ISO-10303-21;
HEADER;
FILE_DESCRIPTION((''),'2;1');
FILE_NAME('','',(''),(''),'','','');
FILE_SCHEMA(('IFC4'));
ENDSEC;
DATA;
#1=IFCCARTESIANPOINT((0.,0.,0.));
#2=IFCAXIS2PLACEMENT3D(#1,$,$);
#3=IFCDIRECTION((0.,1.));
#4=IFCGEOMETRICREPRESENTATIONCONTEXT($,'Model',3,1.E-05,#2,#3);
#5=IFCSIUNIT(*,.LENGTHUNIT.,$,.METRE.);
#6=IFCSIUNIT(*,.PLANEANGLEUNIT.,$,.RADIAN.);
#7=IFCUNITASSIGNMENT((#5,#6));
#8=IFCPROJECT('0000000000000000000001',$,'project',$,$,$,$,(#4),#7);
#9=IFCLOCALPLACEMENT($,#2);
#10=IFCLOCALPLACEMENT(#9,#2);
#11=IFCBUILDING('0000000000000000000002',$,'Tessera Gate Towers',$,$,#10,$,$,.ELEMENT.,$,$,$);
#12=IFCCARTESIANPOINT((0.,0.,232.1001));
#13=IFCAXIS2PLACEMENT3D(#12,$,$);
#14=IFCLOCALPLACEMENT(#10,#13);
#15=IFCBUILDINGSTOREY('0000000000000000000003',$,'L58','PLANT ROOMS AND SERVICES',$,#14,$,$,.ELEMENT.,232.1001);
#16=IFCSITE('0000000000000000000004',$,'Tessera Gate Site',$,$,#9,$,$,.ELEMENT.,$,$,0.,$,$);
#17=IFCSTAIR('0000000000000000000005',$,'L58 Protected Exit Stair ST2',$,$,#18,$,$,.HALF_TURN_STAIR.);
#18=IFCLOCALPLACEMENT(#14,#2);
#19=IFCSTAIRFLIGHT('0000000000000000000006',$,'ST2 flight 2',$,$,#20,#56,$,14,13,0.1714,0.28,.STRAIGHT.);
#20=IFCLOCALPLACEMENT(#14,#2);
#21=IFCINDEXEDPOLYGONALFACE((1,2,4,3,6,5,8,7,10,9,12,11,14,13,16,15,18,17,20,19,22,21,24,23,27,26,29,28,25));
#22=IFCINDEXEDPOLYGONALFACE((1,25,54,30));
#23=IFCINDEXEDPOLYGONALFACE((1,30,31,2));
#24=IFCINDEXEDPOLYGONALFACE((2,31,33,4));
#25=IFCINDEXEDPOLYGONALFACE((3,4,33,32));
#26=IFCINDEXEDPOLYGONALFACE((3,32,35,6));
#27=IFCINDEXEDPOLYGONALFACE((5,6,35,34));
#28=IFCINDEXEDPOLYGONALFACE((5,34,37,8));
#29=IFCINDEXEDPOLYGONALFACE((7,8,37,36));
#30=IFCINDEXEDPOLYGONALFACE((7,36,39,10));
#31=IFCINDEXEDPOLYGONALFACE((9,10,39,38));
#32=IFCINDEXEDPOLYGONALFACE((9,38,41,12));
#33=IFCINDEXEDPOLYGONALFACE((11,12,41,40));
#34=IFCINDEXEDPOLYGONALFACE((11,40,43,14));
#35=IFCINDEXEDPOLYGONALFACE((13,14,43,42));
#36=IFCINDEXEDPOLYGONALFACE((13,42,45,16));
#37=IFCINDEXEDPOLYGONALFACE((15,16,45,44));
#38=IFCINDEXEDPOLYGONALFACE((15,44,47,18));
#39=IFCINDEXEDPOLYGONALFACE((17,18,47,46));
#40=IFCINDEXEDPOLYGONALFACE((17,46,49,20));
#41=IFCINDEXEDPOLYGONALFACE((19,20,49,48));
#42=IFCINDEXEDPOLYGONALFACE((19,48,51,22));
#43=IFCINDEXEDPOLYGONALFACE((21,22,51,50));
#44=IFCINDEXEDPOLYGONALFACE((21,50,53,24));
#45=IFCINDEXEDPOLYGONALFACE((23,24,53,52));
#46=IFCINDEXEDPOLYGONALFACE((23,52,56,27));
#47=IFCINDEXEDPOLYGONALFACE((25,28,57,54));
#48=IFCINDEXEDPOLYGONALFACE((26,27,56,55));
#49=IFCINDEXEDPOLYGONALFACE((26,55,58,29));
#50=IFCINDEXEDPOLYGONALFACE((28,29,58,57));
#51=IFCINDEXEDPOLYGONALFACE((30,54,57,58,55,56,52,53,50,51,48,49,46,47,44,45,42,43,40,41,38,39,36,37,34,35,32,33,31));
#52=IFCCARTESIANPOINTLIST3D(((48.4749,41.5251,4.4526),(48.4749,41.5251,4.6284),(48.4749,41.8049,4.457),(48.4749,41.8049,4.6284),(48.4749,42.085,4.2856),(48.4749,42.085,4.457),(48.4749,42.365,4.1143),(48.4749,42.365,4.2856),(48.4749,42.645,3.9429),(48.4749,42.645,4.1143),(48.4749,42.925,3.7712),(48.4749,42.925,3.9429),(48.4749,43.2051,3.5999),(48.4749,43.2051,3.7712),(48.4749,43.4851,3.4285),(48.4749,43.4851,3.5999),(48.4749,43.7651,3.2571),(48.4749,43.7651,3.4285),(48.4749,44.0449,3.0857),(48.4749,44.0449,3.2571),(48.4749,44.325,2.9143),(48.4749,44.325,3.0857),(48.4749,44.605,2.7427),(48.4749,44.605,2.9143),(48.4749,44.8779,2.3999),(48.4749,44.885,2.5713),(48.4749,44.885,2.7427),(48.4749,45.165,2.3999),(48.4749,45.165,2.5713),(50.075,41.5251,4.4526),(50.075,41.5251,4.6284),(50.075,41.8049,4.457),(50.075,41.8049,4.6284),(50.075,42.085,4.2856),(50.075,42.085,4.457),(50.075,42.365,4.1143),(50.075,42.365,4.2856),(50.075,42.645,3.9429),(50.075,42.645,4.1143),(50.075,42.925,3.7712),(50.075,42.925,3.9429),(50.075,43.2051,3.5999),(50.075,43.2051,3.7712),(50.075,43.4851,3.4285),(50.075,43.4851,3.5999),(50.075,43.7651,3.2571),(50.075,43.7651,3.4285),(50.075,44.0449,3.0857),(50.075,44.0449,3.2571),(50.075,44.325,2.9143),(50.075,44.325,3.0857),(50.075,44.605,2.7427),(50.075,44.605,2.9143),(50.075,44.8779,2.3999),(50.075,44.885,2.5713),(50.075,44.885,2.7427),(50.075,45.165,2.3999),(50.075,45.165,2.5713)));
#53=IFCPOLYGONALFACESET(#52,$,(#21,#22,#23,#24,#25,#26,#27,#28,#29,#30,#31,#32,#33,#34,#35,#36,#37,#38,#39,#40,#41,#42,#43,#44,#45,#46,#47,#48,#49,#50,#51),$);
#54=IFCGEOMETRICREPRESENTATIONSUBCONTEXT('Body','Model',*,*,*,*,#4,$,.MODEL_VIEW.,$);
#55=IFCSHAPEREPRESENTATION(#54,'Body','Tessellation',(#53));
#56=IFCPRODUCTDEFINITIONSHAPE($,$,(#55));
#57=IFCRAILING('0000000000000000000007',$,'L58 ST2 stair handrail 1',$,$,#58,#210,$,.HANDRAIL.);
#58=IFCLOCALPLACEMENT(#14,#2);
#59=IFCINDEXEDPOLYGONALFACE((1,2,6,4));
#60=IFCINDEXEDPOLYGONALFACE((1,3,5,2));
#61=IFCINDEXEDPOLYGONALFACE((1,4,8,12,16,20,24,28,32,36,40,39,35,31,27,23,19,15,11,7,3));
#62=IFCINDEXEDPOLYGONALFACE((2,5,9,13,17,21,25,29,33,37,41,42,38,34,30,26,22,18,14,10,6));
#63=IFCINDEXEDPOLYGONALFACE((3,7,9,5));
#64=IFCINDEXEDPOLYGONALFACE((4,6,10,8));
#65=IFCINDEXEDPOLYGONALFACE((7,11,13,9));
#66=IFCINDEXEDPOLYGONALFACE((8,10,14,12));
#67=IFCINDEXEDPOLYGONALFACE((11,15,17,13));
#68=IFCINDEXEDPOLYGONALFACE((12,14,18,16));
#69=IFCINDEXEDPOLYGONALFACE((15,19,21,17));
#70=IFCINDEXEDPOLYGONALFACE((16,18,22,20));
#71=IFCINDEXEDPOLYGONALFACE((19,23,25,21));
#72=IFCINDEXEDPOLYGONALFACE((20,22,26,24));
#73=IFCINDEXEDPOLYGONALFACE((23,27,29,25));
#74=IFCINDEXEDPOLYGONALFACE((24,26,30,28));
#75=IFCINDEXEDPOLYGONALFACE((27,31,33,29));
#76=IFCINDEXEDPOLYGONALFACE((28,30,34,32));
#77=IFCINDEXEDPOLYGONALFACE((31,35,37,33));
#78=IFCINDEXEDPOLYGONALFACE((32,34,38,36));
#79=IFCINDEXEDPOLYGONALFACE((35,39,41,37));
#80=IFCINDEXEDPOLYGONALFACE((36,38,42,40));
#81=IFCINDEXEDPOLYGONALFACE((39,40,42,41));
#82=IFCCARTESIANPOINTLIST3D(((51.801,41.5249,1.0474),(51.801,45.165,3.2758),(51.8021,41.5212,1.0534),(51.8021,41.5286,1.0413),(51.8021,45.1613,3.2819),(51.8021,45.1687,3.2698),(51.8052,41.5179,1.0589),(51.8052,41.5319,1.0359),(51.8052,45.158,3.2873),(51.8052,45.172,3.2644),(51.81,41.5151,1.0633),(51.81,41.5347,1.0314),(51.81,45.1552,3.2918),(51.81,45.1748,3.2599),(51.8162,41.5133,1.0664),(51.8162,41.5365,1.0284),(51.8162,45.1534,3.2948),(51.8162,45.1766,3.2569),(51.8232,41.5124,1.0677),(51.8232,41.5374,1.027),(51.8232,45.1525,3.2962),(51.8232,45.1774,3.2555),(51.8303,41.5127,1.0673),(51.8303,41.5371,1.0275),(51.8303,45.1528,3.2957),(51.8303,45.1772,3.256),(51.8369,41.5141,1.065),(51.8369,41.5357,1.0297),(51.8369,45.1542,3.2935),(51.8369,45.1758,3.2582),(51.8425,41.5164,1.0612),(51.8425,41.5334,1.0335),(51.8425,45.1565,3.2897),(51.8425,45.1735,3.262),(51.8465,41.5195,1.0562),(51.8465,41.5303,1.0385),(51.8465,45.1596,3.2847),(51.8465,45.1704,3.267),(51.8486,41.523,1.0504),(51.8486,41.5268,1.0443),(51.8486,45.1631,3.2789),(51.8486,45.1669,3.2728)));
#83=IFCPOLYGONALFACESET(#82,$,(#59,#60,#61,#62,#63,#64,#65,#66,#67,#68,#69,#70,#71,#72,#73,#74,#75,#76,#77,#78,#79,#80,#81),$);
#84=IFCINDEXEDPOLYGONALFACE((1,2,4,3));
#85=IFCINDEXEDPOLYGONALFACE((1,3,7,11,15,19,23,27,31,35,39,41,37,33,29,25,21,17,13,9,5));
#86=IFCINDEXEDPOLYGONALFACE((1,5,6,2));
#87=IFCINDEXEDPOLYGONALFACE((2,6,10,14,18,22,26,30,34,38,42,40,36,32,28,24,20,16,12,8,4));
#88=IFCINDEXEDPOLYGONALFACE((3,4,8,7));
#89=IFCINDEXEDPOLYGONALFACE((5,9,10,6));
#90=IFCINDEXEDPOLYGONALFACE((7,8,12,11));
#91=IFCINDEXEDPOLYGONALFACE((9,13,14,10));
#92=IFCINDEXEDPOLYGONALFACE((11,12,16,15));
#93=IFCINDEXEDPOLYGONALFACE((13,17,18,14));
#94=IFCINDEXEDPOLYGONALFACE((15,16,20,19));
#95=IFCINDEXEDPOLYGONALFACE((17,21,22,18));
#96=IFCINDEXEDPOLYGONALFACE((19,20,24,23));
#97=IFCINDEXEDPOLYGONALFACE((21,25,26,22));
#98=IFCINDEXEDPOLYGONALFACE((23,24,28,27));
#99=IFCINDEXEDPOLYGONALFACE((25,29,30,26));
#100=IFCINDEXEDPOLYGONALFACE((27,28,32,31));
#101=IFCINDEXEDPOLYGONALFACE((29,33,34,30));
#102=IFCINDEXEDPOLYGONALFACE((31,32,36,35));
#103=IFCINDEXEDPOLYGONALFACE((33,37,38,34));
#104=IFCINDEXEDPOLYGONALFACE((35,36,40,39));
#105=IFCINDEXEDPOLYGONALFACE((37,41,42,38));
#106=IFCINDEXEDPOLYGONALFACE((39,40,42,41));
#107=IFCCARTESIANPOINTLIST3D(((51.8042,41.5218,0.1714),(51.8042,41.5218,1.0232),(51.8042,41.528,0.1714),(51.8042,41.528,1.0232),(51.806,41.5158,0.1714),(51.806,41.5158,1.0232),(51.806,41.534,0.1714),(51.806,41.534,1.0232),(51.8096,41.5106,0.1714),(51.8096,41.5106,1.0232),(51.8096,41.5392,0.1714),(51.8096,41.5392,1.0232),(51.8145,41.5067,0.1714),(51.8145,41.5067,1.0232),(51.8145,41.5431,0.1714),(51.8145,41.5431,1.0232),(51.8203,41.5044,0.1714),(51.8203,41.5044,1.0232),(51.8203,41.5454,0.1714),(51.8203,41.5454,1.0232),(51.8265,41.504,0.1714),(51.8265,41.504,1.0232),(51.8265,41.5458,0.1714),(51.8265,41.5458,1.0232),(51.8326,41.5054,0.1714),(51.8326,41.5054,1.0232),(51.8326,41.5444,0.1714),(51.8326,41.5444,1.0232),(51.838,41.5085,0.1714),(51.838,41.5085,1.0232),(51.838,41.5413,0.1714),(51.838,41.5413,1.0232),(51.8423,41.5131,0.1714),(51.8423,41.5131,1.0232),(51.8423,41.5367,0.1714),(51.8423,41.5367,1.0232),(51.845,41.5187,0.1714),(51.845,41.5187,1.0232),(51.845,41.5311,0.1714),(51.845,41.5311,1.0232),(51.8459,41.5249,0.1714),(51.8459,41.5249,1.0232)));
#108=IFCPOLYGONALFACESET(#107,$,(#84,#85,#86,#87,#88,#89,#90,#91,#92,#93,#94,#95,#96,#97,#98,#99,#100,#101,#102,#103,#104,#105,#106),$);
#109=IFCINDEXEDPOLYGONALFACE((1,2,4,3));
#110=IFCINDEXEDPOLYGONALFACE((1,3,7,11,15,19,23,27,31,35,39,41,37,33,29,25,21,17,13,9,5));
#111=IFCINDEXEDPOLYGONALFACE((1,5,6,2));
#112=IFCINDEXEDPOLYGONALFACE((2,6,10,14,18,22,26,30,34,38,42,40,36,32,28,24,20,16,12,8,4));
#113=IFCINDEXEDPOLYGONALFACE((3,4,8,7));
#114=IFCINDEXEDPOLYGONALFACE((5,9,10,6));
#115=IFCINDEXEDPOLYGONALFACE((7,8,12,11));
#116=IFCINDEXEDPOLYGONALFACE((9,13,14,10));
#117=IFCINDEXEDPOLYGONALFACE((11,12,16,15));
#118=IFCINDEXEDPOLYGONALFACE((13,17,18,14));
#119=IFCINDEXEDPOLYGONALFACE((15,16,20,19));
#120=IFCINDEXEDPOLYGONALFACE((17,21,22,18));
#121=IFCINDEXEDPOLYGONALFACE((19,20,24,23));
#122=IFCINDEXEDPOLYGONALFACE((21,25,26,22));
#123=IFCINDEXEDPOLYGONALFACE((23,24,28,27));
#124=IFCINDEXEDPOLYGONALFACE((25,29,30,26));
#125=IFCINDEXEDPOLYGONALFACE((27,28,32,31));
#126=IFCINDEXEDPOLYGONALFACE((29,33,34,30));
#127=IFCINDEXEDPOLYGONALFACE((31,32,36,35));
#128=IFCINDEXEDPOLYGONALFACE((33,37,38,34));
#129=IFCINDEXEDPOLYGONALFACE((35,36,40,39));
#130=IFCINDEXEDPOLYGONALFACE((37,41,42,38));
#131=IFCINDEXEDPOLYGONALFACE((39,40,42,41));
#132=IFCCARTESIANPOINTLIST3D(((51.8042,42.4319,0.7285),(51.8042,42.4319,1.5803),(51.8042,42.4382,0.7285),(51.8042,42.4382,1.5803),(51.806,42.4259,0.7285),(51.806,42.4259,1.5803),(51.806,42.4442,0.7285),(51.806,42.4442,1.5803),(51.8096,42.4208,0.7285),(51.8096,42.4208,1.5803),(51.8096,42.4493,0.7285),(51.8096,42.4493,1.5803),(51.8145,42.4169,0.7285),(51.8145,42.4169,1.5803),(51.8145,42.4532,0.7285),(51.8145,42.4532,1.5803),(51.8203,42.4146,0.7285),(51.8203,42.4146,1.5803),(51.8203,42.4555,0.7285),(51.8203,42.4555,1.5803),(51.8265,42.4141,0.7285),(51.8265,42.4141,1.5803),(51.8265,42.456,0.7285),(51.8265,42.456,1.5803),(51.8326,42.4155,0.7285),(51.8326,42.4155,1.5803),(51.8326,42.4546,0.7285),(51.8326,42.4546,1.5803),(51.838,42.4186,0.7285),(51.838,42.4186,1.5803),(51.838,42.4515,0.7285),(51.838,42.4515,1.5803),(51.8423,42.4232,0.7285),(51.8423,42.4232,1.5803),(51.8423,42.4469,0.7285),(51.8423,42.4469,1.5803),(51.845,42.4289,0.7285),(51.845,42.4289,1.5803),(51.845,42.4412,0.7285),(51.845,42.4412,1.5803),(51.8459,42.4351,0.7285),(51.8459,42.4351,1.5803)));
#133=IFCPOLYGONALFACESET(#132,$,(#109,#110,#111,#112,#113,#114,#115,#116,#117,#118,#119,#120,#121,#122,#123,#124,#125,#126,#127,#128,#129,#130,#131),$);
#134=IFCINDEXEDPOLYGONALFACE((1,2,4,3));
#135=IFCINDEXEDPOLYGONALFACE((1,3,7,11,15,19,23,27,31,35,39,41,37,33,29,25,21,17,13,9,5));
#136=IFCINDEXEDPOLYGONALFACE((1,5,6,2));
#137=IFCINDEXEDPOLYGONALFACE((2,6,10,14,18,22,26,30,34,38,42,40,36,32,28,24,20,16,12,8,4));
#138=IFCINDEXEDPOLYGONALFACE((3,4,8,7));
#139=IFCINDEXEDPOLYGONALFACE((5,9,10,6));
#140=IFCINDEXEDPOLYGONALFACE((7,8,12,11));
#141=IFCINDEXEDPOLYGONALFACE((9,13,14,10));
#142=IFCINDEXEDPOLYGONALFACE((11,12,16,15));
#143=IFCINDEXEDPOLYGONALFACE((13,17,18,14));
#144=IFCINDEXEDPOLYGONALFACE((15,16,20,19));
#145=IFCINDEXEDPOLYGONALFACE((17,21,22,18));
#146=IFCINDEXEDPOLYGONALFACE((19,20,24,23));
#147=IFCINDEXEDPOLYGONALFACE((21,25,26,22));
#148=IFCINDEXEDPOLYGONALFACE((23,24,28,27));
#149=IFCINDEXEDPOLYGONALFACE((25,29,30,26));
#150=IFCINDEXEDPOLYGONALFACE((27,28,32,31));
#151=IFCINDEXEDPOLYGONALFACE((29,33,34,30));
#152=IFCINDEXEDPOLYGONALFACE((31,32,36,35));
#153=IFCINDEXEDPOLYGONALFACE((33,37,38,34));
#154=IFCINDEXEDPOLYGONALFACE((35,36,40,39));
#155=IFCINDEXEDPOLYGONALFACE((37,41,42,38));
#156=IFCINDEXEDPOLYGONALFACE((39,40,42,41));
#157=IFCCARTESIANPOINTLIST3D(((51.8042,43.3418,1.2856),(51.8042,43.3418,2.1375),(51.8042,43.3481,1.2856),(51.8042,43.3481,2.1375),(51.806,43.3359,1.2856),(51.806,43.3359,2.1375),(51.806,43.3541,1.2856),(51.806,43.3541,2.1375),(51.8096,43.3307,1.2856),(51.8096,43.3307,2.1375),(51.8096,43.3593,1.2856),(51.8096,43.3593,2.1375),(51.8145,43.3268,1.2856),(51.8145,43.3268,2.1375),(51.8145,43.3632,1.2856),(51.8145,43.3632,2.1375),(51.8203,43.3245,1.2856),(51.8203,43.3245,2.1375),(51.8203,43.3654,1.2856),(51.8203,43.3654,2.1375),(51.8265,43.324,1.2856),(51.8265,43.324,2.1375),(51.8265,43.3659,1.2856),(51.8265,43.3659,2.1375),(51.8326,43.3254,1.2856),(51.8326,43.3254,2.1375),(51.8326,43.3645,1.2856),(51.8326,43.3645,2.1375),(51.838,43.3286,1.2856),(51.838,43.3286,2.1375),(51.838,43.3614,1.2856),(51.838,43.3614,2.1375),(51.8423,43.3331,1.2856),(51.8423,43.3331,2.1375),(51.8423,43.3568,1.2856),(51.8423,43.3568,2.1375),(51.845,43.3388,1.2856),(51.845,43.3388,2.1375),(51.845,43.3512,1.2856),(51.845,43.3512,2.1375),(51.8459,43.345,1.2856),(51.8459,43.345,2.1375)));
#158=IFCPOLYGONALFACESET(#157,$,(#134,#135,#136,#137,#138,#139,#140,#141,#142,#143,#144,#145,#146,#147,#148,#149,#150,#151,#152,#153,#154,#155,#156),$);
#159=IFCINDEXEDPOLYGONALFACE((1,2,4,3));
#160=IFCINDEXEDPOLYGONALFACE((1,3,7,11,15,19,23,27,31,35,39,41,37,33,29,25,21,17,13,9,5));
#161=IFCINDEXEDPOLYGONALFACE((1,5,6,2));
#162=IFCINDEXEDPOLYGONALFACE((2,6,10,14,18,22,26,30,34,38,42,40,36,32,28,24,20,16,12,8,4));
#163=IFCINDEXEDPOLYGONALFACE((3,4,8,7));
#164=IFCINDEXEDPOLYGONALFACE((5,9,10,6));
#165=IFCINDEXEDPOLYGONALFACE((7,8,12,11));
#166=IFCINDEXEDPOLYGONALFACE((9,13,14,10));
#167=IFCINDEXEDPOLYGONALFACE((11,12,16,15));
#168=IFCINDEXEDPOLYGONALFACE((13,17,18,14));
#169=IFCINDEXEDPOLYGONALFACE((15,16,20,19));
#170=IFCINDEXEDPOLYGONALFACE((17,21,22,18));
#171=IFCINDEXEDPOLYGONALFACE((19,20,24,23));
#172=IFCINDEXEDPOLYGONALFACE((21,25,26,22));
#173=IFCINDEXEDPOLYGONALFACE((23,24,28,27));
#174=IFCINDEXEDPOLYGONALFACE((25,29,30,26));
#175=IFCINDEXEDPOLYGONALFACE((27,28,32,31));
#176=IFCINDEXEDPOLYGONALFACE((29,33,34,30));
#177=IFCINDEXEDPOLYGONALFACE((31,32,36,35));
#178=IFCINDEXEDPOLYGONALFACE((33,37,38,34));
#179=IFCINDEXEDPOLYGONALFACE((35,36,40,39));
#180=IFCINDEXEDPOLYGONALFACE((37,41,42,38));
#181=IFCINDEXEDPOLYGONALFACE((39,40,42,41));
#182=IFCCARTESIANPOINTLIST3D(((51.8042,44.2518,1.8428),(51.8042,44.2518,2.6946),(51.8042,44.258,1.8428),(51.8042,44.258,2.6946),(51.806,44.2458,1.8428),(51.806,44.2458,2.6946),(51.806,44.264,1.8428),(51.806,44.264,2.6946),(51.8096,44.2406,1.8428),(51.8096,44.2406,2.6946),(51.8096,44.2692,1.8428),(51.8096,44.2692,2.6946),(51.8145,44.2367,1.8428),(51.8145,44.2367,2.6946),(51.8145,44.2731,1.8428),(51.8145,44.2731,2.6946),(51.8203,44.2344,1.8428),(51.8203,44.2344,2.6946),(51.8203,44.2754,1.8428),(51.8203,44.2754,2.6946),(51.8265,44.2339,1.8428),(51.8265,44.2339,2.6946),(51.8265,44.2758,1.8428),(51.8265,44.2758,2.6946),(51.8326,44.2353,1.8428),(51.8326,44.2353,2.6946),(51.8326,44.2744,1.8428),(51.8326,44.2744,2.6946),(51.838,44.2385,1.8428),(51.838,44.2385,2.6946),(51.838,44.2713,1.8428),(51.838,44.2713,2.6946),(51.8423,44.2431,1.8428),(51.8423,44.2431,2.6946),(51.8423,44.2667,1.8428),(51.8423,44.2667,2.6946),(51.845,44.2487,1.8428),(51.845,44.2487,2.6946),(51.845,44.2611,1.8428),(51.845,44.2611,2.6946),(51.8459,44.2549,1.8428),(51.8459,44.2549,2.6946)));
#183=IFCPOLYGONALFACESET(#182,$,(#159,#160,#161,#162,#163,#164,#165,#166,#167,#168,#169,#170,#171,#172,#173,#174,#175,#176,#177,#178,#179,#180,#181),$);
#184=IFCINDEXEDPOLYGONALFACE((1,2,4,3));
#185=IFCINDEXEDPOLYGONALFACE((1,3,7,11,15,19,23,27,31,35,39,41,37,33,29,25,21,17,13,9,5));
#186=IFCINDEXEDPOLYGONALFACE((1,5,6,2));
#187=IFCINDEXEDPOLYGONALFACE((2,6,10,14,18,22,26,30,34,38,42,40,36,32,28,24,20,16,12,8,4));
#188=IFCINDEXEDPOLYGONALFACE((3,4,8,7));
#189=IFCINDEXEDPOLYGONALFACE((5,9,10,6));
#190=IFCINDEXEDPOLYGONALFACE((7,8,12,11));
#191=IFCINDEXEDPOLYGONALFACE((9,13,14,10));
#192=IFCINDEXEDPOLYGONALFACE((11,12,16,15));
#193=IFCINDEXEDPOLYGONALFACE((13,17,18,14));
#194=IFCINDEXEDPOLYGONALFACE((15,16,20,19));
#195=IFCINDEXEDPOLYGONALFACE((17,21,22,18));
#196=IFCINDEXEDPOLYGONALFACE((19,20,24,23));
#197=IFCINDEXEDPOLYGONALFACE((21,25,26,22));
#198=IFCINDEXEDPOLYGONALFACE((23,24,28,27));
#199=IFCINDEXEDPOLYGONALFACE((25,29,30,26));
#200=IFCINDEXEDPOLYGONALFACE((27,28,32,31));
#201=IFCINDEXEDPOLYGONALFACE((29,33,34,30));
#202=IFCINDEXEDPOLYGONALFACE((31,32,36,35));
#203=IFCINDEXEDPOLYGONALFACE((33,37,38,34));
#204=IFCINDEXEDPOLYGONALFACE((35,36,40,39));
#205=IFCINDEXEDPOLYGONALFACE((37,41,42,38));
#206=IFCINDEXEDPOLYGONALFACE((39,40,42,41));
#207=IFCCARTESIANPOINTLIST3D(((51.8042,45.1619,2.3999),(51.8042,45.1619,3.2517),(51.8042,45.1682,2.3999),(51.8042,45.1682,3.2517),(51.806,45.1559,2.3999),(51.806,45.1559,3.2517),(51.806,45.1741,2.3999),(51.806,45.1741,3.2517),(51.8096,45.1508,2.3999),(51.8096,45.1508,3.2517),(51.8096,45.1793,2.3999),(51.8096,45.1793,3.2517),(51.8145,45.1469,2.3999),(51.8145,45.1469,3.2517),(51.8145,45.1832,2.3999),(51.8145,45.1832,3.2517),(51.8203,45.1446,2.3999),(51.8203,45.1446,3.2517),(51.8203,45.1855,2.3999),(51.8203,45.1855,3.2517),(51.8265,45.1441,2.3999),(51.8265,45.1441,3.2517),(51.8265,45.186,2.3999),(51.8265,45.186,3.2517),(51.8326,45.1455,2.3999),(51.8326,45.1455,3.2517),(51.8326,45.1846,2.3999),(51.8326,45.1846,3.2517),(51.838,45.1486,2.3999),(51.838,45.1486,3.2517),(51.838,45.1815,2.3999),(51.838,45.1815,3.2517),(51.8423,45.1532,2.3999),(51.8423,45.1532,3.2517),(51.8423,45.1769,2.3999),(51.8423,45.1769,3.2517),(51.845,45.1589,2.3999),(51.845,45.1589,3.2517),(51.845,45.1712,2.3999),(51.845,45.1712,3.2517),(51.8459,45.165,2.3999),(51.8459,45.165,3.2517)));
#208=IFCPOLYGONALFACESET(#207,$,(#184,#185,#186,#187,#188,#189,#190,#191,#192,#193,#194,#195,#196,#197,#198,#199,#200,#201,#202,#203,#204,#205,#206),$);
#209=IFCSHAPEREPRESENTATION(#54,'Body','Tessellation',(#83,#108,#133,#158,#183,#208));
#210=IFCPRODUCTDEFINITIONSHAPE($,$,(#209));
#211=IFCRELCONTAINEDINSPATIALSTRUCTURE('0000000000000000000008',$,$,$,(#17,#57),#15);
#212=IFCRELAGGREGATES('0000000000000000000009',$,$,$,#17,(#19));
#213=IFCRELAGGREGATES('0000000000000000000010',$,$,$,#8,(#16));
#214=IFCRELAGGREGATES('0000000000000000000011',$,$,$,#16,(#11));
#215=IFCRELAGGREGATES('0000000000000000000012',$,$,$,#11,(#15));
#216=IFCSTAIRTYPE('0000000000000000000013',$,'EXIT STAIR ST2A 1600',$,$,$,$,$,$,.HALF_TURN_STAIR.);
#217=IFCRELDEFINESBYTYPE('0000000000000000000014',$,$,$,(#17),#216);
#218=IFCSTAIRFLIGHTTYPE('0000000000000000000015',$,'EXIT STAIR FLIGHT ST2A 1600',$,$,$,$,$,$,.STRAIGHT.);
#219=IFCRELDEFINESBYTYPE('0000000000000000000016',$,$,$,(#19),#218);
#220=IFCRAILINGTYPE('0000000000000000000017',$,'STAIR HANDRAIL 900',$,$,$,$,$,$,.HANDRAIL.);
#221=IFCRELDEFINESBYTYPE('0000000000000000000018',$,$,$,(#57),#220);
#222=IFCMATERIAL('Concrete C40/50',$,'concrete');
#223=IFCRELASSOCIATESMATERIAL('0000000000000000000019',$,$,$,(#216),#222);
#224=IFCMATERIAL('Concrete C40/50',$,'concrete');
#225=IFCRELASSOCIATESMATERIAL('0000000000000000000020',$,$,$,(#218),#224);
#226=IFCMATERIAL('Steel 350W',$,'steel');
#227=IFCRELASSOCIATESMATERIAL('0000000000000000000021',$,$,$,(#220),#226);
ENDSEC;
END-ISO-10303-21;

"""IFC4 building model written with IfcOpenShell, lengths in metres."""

from ifc_helpers import new_model, si_unit, direction, frame, origin, origin_2d, place, context, subcontext, project, spatial, polyline, circle, outline, extrude, material, type_object, element, aggregate, save


model = new_model("IFC4")

# Units and contexts
model_context = context("Model", 3, precision=1e-05, world=origin(), true_north=direction((0.0, 1.0)))
body_context = subcontext(model_context, "Body", "Model", "MODEL_VIEW")
ifc_project = project(units=[si_unit("LENGTHUNIT", "METRE"), si_unit("PLANEANGLEUNIT", "RADIAN")], contexts=[model_context])

# Site, building, storey
site_placement = place(None, origin())
site = spatial("IfcSite", under=ifc_project, at=site_placement, Name="Tessera Gate Site", CompositionType="ELEMENT", RefElevation=0.0)
building_placement = place(site_placement, origin())
building = spatial("IfcBuilding", under=site, at=building_placement, Name="Tessera Gate Towers", CompositionType="ELEMENT")
storey_placement = place(building_placement, frame((0.0, 0.0, 232.1001)))
storey = spatial("IfcBuildingStorey", under=building, at=storey_placement, Name="L58", Description="PLANT ROOMS AND SERVICES", CompositionType="ELEMENT", Elevation=232.1001)

# Stair, stair flight
ifc_material_1 = material(Name="Concrete C40/50", Category="concrete")
stair_type = type_object("IfcStairType", Name="EXIT STAIR ST2A 1600", PredefinedType="HALF_TURN_STAIR", material=ifc_material_1)
stair_placement = place(storey_placement, origin())
stair = element("IfcStair", 1, at=stair_placement, inside=storey, type_object=stair_type, Name="L58 Protected Exit Stair ST2", PredefinedType="HALF_TURN_STAIR")
ifc_material_2 = material(Name="Concrete C40/50", Category="concrete")
stair_flight_type = type_object("IfcStairFlightType", Name="EXIT STAIR FLIGHT ST2A 1600", PredefinedType="STRAIGHT", material=ifc_material_2)
stair_flight_1_placement = place(storey_placement, frame((49.2749, 45.165, 2.3999), z_axis=(0.0, 0.0, 1.0), x_axis=(0.0, -1.0, 0.0)))
stair_flight_1 = element("IfcStairFlight", 2, at=stair_flight_1_placement, type_object=stair_flight_type, Name="ST2 flight 2", NumberOfRisers=14, NumberOfTreads=13, PredefinedType="STRAIGHT", RiserHeight=0.1714, TreadLength=0.28, context=body_context, shape_type="SweptSolid", body=[
    extrude(outline(polyline([(0.0, 0.0), (0.0, 0.1714), (0.28, 0.1714), (0.28, 0.3428), (0.5601, 0.3428), (0.5601, 0.5144), (0.8401, 0.5144), (0.8401, 0.6858), (1.1201, 0.6858), (1.1201, 0.8572), (1.3999, 0.8572), (1.3999, 1.0286), (1.6799, 1.0286), (1.6799, 1.2), (1.96, 1.2), (1.96, 1.3713), (2.24, 1.3713), (2.24, 1.543), (2.52, 1.543), (2.52, 1.7144), (2.8, 1.7144), (2.8, 1.8857), (3.0801, 1.8857), (3.0801, 2.0571), (3.3601, 2.0571), (3.3601, 2.2285), (3.6399, 2.2285), (3.6399, 2.3999), (3.6399, 2.0527), (0.2871, 0.0), (0.0, 0.0)])), frame((0.0, 0.8, 0.0), z_axis=(0.0, -1.0, 0.0), x_axis=(1.0, 0.0, 0.0)), (0.0, 0.0, 1.0), 1.6001),
])
aggregate(stair, [stair_flight_1])

# Railing
ifc_material_3 = material(Name="Steel 350W", Category="steel")
railing_type_1 = type_object("IfcRailingType", Name="STAIR HANDRAIL 900", PredefinedType="HANDRAIL", material=ifc_material_3)
railing_1_placement = place(storey_placement, frame((51.825, 41.5249, 0.1714)))
element("IfcRailing", 3, at=railing_1_placement, inside=storey, type_object=railing_type_1, Name="L58 ST2 stair handrail 1", PredefinedType="HANDRAIL", context=body_context, shape_type="SweptSolid", body=[
    extrude(circle(Radius=0.0239, at=origin_2d()), frame((0.0, 0.0, 0.876), z_axis=(0.0, 0.852866, 0.52213), x_axis=(-1.0, 0.0, 0.0)), (0.0, 0.0, 1.0), 4.2681),
    extrude(circle(Radius=0.021, at=origin_2d()), origin(), (0.0, 0.0, 1.0), 0.8518),
    extrude(circle(Radius=0.021, at=origin_2d()), frame((0.0, 0.9102, 0.5571)), (0.0, 0.0, 1.0), 0.8518),
    extrude(circle(Radius=0.021, at=origin_2d()), frame((0.0, 1.8201, 1.1143)), (0.0, 0.0, 1.0), 0.8518),
    extrude(circle(Radius=0.021, at=origin_2d()), frame((0.0, 2.73, 1.6714)), (0.0, 0.0, 1.0), 0.8518),
    extrude(circle(Radius=0.021, at=origin_2d()), frame((0.0, 3.6401, 2.2285)), (0.0, 0.0, 1.0), 0.8518),
])

save(model, "model.ifc")
